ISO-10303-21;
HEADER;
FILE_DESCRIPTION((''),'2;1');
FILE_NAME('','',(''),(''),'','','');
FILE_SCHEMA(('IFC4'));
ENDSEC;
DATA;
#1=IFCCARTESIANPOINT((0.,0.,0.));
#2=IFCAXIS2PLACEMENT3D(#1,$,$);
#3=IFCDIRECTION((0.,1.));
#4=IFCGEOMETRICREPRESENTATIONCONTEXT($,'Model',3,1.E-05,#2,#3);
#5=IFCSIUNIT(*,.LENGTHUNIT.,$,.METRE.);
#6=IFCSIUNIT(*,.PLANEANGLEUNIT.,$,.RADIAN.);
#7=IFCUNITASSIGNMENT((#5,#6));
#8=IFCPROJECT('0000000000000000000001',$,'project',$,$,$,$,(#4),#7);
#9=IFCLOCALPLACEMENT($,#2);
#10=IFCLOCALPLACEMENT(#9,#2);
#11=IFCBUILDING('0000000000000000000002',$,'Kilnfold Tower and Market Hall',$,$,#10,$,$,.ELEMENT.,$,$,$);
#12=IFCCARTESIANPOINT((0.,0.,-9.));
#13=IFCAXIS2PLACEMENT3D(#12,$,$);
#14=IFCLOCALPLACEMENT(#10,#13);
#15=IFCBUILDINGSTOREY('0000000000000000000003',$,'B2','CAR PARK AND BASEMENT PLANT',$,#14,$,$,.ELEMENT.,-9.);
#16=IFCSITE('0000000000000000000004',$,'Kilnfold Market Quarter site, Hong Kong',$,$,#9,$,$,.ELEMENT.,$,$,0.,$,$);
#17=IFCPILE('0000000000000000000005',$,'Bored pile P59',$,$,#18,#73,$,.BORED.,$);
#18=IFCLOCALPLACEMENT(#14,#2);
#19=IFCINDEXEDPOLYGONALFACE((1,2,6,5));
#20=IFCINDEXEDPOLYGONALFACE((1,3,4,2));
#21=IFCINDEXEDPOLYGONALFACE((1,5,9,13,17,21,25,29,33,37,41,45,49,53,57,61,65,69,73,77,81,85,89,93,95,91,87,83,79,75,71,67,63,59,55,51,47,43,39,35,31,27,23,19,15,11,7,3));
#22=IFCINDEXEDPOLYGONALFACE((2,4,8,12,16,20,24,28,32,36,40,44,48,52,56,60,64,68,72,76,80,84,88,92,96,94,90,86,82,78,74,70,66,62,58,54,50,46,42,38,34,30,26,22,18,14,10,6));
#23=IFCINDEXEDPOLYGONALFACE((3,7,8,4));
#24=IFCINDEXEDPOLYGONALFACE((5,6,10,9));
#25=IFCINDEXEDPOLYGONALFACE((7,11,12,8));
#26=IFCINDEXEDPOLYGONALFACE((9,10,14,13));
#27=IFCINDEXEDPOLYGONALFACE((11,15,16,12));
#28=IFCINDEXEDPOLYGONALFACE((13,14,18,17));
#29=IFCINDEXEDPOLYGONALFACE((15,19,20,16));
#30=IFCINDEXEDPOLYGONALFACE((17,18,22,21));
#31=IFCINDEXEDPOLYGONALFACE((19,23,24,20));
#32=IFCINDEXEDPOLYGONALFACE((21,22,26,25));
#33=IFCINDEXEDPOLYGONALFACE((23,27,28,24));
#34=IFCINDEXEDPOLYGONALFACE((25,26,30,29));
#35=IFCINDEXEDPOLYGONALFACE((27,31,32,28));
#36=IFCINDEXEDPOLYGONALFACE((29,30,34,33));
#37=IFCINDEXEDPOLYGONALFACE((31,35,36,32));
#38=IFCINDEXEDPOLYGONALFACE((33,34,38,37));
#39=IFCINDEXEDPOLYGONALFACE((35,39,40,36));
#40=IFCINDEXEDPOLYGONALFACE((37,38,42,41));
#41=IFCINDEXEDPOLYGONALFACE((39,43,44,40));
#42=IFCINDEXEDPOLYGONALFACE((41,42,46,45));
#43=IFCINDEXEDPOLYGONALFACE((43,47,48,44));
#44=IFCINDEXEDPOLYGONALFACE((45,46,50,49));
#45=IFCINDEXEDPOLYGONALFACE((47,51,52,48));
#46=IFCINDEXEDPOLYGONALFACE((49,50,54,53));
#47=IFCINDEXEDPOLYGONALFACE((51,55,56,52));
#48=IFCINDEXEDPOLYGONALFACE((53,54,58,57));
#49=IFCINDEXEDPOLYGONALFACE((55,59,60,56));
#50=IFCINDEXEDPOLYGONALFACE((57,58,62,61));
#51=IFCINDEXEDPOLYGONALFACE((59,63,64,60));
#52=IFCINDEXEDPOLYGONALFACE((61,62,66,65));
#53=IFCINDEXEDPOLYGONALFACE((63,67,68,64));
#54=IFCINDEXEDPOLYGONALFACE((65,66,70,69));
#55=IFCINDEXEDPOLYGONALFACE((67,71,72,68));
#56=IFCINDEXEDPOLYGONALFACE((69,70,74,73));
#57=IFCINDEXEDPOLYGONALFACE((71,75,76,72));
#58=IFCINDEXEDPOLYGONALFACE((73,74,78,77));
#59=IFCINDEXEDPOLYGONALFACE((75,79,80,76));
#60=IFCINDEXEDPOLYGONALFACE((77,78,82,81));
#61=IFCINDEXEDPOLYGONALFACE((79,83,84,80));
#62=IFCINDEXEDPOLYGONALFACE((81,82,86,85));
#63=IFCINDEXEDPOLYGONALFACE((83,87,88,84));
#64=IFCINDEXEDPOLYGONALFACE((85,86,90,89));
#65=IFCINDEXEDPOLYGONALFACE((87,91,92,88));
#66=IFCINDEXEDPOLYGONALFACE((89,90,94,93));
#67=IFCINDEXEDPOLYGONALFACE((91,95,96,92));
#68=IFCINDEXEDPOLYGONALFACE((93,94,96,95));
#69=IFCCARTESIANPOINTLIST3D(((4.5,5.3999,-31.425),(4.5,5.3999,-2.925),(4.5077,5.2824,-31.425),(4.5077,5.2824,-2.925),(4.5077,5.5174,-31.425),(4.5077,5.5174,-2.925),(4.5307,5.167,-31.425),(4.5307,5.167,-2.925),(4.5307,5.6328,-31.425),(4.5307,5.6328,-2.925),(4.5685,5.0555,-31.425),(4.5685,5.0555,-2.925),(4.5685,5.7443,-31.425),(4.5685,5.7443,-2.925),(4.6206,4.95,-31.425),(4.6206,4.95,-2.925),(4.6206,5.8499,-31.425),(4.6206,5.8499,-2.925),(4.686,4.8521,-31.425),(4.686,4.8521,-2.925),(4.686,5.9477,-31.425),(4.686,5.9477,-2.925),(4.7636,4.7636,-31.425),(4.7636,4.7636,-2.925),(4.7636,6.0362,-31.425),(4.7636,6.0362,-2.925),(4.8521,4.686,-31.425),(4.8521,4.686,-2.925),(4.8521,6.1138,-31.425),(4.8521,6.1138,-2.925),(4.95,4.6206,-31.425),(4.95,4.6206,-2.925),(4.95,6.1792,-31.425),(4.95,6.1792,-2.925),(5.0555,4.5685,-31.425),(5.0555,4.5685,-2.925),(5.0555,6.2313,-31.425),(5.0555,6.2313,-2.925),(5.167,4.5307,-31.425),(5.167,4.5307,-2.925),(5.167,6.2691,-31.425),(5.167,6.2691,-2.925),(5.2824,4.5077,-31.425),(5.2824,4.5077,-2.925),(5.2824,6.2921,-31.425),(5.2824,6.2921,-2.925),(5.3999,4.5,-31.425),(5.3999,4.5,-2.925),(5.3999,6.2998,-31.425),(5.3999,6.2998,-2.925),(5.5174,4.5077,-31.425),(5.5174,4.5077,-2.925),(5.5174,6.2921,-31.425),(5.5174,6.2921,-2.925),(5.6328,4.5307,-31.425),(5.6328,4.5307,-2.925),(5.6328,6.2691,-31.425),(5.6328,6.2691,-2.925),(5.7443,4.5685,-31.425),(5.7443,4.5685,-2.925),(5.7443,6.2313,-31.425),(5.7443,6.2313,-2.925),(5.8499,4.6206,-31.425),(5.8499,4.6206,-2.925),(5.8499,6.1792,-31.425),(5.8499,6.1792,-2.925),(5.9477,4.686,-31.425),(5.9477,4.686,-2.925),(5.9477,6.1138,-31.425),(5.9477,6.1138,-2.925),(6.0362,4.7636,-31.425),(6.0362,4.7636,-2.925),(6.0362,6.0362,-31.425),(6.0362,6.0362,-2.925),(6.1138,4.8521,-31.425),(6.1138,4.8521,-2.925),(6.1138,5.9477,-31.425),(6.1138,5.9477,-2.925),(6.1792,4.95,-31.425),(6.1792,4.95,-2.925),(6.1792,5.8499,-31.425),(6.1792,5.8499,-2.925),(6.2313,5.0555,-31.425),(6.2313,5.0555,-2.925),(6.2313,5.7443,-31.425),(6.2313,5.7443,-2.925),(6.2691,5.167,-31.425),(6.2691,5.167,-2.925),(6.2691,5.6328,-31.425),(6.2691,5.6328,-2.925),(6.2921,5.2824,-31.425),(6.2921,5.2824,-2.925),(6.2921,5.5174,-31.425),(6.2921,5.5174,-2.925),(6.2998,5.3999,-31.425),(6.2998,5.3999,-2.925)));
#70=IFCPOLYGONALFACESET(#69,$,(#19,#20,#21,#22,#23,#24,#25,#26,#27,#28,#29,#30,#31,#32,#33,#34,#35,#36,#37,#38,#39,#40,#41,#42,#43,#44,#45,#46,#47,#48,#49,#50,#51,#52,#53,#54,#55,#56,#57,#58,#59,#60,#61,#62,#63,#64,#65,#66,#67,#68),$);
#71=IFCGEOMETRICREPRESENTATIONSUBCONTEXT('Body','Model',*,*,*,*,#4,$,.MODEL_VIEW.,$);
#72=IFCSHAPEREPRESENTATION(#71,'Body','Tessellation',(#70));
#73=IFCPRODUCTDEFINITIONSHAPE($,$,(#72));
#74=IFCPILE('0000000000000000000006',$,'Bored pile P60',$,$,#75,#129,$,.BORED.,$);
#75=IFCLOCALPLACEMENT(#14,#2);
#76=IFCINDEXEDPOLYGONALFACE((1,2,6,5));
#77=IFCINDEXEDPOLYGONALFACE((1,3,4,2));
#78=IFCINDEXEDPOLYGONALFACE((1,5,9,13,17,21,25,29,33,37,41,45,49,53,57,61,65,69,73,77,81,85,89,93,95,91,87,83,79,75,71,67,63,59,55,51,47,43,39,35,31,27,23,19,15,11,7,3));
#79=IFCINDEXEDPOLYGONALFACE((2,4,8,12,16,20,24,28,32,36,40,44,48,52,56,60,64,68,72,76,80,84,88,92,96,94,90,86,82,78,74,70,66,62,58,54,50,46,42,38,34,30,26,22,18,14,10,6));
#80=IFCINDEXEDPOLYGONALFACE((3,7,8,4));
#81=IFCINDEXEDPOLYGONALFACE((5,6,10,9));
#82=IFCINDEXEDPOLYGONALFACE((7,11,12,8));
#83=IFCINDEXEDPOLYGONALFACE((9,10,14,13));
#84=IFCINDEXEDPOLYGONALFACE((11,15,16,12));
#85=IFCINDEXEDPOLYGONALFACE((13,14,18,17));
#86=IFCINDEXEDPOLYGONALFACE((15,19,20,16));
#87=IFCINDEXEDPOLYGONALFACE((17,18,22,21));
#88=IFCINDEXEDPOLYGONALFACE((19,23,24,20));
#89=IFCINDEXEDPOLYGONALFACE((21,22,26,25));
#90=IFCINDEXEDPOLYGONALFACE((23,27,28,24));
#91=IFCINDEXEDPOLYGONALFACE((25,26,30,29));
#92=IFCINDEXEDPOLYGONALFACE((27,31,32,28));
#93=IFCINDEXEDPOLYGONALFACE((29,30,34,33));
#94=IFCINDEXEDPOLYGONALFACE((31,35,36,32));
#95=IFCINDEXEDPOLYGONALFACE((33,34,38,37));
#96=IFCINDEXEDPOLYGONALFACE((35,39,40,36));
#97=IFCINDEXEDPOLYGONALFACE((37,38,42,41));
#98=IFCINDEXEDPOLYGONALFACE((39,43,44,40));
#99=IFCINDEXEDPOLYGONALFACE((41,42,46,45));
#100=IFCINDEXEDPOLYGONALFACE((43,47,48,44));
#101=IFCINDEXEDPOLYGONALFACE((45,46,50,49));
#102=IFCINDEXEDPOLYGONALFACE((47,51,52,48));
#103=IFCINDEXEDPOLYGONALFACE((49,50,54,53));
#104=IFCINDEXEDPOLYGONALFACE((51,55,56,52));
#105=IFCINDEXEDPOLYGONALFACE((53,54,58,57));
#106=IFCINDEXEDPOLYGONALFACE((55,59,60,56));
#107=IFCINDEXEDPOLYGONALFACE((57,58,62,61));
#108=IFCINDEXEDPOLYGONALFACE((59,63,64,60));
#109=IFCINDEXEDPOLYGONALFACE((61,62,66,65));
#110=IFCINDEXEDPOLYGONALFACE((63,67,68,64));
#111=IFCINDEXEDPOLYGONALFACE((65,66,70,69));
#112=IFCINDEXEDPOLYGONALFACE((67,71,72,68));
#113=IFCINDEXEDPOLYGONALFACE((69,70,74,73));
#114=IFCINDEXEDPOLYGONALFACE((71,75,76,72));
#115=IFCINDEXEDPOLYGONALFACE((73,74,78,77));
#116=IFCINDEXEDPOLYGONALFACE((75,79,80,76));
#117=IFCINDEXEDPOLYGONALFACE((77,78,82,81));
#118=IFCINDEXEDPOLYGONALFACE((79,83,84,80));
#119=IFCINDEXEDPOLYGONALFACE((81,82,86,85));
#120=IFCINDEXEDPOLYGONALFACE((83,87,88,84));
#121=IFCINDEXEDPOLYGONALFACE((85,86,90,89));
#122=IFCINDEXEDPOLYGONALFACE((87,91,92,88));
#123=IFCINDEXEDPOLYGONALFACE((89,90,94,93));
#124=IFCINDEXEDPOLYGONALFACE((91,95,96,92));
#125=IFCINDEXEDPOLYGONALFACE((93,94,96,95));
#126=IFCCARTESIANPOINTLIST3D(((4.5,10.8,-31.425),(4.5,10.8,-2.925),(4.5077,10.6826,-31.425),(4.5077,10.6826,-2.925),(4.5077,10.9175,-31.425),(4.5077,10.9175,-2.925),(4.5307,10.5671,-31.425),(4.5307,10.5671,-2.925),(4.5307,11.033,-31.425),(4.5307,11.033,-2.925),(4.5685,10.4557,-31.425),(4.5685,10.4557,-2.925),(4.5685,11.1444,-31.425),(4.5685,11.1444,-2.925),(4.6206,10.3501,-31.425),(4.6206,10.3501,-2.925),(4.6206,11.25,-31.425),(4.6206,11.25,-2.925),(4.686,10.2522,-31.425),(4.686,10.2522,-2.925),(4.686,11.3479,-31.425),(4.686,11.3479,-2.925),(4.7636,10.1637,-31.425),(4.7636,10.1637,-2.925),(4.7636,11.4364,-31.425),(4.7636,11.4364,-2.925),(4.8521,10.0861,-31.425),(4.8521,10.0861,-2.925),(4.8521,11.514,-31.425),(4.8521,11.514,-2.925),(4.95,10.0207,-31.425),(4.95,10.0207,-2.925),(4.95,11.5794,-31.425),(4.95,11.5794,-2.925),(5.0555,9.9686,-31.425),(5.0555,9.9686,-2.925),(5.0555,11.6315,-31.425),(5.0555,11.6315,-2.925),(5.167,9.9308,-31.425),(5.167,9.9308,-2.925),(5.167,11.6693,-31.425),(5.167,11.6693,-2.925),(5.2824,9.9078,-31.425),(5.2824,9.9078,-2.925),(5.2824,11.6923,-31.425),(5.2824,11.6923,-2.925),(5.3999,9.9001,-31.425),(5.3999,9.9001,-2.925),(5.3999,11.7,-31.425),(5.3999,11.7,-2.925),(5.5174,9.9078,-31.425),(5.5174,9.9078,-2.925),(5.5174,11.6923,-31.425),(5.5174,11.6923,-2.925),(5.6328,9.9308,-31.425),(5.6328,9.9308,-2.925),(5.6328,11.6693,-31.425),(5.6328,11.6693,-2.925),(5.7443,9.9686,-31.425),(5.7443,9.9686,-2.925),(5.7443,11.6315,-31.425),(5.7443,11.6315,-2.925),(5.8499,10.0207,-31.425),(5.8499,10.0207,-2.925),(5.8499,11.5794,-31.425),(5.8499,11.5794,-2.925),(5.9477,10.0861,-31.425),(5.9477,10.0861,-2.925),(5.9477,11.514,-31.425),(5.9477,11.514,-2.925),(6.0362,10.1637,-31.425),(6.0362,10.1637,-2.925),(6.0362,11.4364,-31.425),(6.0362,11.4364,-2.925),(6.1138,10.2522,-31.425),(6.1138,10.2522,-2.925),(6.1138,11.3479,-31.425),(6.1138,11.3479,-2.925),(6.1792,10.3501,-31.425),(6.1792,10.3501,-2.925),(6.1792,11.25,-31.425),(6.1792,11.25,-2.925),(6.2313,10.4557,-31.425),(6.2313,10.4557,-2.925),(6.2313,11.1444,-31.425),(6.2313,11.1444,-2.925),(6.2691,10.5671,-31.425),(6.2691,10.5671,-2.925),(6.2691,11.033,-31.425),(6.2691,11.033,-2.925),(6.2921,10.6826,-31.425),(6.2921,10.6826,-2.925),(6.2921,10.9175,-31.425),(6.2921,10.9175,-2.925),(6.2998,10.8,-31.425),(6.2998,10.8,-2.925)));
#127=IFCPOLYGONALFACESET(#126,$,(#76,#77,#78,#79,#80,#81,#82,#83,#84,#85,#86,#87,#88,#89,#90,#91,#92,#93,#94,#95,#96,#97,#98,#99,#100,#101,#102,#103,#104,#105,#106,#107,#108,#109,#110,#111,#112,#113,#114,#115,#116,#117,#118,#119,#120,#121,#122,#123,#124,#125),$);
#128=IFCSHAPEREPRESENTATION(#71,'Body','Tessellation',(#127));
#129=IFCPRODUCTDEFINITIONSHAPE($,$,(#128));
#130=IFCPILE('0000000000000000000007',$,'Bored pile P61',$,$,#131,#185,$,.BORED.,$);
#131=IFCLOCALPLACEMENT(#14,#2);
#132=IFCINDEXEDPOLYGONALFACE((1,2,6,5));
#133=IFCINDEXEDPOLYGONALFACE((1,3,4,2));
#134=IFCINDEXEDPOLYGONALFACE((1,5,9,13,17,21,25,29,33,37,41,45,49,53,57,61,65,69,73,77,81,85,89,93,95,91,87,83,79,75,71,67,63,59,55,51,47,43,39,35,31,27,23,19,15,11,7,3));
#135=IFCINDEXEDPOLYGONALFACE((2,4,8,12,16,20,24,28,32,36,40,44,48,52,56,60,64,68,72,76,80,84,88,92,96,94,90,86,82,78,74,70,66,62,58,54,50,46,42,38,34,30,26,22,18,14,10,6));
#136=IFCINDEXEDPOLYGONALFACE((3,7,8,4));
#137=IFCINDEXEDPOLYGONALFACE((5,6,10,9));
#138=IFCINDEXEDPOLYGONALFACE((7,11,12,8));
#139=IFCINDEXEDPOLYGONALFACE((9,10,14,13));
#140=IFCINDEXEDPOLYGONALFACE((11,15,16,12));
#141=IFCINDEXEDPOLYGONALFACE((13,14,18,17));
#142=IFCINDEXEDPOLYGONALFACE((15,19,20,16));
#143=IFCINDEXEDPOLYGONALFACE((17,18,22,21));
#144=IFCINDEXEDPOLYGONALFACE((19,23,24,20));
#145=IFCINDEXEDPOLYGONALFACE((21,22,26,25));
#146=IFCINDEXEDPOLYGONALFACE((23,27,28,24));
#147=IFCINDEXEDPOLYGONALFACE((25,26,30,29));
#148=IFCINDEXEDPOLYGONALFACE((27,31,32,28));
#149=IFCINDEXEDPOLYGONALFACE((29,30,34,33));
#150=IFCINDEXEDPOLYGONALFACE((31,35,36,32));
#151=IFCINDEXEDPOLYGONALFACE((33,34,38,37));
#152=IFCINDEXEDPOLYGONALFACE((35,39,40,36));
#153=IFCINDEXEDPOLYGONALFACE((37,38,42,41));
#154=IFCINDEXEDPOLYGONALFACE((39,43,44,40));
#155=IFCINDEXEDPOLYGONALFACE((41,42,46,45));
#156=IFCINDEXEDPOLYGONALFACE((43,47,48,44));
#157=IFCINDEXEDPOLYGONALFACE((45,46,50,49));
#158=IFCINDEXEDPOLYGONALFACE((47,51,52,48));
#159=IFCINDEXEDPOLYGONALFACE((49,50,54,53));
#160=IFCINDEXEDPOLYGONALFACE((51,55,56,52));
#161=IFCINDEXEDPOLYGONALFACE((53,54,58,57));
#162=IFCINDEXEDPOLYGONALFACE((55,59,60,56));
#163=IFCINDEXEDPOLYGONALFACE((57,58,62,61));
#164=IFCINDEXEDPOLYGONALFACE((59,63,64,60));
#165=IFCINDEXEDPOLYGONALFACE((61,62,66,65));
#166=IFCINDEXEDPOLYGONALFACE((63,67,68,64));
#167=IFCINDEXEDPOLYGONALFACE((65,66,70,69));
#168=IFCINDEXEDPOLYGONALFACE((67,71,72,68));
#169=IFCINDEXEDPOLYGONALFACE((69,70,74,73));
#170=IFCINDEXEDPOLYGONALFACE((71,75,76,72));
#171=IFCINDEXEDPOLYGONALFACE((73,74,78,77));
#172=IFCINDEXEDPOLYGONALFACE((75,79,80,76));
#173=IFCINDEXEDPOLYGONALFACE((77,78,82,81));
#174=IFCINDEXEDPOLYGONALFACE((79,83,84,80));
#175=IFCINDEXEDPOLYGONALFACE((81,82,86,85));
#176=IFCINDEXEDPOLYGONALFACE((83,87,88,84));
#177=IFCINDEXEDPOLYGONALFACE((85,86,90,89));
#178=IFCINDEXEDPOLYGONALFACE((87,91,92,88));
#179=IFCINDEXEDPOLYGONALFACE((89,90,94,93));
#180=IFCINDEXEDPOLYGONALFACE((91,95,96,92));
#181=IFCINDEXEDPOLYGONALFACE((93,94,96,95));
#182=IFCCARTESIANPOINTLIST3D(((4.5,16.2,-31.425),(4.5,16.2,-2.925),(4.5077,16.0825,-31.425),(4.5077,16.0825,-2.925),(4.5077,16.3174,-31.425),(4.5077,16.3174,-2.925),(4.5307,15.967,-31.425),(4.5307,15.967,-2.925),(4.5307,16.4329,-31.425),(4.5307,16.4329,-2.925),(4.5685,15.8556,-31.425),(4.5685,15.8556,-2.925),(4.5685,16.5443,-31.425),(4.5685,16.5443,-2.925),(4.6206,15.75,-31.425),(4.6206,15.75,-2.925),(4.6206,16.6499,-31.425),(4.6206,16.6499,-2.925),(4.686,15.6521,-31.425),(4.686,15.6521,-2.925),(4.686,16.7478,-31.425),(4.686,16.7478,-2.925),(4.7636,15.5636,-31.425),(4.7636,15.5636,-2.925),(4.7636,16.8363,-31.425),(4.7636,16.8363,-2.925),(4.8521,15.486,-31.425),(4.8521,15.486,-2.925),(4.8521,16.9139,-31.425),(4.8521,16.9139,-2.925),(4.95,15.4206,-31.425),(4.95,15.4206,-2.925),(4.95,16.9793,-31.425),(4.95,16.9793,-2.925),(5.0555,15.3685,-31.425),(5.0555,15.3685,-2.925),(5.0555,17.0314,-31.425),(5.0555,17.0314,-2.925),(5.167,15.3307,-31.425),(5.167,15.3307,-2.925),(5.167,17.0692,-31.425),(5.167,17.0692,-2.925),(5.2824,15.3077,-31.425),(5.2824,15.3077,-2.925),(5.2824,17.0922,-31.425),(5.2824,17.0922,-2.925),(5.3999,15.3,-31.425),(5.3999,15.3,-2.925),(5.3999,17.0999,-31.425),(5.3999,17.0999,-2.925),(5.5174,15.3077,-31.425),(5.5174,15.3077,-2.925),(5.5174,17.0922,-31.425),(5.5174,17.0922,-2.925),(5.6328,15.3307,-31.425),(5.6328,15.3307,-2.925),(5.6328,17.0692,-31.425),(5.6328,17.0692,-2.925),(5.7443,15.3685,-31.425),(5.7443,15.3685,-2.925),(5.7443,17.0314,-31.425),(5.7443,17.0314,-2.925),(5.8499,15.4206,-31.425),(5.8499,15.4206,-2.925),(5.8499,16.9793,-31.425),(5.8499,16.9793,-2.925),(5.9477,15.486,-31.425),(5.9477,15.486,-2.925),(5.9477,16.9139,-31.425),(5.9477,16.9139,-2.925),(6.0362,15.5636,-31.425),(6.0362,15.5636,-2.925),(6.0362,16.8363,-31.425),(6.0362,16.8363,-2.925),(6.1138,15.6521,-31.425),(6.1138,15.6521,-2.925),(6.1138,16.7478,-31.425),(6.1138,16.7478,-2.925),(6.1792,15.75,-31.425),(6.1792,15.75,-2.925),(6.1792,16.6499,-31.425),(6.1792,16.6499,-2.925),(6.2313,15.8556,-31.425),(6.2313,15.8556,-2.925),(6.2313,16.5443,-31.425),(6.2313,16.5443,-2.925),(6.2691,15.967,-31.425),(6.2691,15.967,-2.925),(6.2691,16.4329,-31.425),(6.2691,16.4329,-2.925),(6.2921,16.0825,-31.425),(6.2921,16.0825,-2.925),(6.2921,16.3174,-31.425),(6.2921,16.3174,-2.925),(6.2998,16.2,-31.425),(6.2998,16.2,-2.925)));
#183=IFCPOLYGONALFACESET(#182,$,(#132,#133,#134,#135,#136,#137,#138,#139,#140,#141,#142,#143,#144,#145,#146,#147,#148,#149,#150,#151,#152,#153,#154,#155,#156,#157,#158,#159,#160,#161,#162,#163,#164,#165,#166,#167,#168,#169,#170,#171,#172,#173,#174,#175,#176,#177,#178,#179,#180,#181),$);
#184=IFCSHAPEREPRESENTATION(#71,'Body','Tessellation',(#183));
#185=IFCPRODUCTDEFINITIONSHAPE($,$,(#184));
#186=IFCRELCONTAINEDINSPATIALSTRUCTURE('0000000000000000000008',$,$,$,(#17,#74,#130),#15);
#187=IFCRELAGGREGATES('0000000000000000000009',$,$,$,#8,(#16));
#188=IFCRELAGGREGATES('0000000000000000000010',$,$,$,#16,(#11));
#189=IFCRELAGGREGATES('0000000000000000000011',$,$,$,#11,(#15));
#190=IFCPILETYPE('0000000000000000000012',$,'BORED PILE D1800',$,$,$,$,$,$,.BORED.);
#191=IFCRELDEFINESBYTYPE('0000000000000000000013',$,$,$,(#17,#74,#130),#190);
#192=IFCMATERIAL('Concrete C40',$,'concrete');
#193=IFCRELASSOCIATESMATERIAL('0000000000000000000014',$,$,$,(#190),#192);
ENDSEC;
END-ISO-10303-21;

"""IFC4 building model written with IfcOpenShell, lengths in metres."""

from ifc_helpers import new_model, si_unit, direction, frame, origin, origin_2d, place, context, subcontext, project, spatial, circle, extrude, source, transform, mapped, material, material_profile, profile_set, type_object, element, save


model = new_model("IFC4")

# Units and contexts
model_context = context("Model", 3, precision=1e-05, world=origin(), true_north=direction((0.0, 1.0)))
body_context = subcontext(model_context, "Body", "Model", "MODEL_VIEW")
ifc_project = project(units=[si_unit("LENGTHUNIT", "METRE"), si_unit("PLANEANGLEUNIT", "RADIAN")], contexts=[model_context])

# Site, building, storey
site_placement = place(None, origin())
site = spatial("IfcSite", under=ifc_project, at=site_placement, Name="Kilnfold Market Quarter site, Hong Kong", CompositionType="ELEMENT", RefElevation=0.0)
building_placement = place(site_placement, origin())
building = spatial("IfcBuilding", under=site, at=building_placement, Name="Kilnfold Tower and Market Hall", CompositionType="ELEMENT")
storey_placement = place(building_placement, frame((0.0, 0.0, -9.0)))
storey = spatial("IfcBuildingStorey", under=building, at=storey_placement, Name="B2", Description="CAR PARK AND BASEMENT PLANT", CompositionType="ELEMENT", Elevation=-9.0)

# Piles
ifc_material_1 = material(Name="Concrete C40", Category="concrete")
ifc_material_profile_1 = material_profile(ifc_material_1, circle(Radius=0.8999, at=origin_2d()), Name="RC D1800")
ifc_profile_set_1 = profile_set([ifc_material_profile_1], Name="Concrete C40")
pile_type = type_object("IfcPileType", Name="BORED PILE D1800", PredefinedType="BORED", material=ifc_profile_set_1)
shared_shape_1 = source(origin(), body_context, "Body", "SweptSolid", [
    extrude(circle(Radius=0.8999, at=origin_2d()), origin(), (0.0, 0.0, 1.0), 28.5),
])
for number, where, z_axis, x_axis, name in (
    (1, (5.3999, 5.3999, -2.925), (0.0, 0.0, -1.0), (1.0, 0.0, 0.0), "Bored pile P59"),
    (2, (5.3999, 10.8, -2.925), (0.0, 0.0, -1.0), (1.0, 0.0, 0.0), "Bored pile P60"),
    (3, (5.3999, 16.2, -2.925), (0.0, 0.0, -1.0), (1.0, 0.0, 0.0), "Bored pile P61"),
):
    element("IfcPile", number, at=place(storey_placement, frame(where, z_axis=z_axis, x_axis=x_axis)), inside=storey, type_object=pile_type, Name=name, PredefinedType="BORED", context=body_context, shape_type="MappedRepresentation", body=[
        mapped(shared_shape_1, transform((0.0, 0.0, 0.0))),
    ])

save(model, "model.ifc")
